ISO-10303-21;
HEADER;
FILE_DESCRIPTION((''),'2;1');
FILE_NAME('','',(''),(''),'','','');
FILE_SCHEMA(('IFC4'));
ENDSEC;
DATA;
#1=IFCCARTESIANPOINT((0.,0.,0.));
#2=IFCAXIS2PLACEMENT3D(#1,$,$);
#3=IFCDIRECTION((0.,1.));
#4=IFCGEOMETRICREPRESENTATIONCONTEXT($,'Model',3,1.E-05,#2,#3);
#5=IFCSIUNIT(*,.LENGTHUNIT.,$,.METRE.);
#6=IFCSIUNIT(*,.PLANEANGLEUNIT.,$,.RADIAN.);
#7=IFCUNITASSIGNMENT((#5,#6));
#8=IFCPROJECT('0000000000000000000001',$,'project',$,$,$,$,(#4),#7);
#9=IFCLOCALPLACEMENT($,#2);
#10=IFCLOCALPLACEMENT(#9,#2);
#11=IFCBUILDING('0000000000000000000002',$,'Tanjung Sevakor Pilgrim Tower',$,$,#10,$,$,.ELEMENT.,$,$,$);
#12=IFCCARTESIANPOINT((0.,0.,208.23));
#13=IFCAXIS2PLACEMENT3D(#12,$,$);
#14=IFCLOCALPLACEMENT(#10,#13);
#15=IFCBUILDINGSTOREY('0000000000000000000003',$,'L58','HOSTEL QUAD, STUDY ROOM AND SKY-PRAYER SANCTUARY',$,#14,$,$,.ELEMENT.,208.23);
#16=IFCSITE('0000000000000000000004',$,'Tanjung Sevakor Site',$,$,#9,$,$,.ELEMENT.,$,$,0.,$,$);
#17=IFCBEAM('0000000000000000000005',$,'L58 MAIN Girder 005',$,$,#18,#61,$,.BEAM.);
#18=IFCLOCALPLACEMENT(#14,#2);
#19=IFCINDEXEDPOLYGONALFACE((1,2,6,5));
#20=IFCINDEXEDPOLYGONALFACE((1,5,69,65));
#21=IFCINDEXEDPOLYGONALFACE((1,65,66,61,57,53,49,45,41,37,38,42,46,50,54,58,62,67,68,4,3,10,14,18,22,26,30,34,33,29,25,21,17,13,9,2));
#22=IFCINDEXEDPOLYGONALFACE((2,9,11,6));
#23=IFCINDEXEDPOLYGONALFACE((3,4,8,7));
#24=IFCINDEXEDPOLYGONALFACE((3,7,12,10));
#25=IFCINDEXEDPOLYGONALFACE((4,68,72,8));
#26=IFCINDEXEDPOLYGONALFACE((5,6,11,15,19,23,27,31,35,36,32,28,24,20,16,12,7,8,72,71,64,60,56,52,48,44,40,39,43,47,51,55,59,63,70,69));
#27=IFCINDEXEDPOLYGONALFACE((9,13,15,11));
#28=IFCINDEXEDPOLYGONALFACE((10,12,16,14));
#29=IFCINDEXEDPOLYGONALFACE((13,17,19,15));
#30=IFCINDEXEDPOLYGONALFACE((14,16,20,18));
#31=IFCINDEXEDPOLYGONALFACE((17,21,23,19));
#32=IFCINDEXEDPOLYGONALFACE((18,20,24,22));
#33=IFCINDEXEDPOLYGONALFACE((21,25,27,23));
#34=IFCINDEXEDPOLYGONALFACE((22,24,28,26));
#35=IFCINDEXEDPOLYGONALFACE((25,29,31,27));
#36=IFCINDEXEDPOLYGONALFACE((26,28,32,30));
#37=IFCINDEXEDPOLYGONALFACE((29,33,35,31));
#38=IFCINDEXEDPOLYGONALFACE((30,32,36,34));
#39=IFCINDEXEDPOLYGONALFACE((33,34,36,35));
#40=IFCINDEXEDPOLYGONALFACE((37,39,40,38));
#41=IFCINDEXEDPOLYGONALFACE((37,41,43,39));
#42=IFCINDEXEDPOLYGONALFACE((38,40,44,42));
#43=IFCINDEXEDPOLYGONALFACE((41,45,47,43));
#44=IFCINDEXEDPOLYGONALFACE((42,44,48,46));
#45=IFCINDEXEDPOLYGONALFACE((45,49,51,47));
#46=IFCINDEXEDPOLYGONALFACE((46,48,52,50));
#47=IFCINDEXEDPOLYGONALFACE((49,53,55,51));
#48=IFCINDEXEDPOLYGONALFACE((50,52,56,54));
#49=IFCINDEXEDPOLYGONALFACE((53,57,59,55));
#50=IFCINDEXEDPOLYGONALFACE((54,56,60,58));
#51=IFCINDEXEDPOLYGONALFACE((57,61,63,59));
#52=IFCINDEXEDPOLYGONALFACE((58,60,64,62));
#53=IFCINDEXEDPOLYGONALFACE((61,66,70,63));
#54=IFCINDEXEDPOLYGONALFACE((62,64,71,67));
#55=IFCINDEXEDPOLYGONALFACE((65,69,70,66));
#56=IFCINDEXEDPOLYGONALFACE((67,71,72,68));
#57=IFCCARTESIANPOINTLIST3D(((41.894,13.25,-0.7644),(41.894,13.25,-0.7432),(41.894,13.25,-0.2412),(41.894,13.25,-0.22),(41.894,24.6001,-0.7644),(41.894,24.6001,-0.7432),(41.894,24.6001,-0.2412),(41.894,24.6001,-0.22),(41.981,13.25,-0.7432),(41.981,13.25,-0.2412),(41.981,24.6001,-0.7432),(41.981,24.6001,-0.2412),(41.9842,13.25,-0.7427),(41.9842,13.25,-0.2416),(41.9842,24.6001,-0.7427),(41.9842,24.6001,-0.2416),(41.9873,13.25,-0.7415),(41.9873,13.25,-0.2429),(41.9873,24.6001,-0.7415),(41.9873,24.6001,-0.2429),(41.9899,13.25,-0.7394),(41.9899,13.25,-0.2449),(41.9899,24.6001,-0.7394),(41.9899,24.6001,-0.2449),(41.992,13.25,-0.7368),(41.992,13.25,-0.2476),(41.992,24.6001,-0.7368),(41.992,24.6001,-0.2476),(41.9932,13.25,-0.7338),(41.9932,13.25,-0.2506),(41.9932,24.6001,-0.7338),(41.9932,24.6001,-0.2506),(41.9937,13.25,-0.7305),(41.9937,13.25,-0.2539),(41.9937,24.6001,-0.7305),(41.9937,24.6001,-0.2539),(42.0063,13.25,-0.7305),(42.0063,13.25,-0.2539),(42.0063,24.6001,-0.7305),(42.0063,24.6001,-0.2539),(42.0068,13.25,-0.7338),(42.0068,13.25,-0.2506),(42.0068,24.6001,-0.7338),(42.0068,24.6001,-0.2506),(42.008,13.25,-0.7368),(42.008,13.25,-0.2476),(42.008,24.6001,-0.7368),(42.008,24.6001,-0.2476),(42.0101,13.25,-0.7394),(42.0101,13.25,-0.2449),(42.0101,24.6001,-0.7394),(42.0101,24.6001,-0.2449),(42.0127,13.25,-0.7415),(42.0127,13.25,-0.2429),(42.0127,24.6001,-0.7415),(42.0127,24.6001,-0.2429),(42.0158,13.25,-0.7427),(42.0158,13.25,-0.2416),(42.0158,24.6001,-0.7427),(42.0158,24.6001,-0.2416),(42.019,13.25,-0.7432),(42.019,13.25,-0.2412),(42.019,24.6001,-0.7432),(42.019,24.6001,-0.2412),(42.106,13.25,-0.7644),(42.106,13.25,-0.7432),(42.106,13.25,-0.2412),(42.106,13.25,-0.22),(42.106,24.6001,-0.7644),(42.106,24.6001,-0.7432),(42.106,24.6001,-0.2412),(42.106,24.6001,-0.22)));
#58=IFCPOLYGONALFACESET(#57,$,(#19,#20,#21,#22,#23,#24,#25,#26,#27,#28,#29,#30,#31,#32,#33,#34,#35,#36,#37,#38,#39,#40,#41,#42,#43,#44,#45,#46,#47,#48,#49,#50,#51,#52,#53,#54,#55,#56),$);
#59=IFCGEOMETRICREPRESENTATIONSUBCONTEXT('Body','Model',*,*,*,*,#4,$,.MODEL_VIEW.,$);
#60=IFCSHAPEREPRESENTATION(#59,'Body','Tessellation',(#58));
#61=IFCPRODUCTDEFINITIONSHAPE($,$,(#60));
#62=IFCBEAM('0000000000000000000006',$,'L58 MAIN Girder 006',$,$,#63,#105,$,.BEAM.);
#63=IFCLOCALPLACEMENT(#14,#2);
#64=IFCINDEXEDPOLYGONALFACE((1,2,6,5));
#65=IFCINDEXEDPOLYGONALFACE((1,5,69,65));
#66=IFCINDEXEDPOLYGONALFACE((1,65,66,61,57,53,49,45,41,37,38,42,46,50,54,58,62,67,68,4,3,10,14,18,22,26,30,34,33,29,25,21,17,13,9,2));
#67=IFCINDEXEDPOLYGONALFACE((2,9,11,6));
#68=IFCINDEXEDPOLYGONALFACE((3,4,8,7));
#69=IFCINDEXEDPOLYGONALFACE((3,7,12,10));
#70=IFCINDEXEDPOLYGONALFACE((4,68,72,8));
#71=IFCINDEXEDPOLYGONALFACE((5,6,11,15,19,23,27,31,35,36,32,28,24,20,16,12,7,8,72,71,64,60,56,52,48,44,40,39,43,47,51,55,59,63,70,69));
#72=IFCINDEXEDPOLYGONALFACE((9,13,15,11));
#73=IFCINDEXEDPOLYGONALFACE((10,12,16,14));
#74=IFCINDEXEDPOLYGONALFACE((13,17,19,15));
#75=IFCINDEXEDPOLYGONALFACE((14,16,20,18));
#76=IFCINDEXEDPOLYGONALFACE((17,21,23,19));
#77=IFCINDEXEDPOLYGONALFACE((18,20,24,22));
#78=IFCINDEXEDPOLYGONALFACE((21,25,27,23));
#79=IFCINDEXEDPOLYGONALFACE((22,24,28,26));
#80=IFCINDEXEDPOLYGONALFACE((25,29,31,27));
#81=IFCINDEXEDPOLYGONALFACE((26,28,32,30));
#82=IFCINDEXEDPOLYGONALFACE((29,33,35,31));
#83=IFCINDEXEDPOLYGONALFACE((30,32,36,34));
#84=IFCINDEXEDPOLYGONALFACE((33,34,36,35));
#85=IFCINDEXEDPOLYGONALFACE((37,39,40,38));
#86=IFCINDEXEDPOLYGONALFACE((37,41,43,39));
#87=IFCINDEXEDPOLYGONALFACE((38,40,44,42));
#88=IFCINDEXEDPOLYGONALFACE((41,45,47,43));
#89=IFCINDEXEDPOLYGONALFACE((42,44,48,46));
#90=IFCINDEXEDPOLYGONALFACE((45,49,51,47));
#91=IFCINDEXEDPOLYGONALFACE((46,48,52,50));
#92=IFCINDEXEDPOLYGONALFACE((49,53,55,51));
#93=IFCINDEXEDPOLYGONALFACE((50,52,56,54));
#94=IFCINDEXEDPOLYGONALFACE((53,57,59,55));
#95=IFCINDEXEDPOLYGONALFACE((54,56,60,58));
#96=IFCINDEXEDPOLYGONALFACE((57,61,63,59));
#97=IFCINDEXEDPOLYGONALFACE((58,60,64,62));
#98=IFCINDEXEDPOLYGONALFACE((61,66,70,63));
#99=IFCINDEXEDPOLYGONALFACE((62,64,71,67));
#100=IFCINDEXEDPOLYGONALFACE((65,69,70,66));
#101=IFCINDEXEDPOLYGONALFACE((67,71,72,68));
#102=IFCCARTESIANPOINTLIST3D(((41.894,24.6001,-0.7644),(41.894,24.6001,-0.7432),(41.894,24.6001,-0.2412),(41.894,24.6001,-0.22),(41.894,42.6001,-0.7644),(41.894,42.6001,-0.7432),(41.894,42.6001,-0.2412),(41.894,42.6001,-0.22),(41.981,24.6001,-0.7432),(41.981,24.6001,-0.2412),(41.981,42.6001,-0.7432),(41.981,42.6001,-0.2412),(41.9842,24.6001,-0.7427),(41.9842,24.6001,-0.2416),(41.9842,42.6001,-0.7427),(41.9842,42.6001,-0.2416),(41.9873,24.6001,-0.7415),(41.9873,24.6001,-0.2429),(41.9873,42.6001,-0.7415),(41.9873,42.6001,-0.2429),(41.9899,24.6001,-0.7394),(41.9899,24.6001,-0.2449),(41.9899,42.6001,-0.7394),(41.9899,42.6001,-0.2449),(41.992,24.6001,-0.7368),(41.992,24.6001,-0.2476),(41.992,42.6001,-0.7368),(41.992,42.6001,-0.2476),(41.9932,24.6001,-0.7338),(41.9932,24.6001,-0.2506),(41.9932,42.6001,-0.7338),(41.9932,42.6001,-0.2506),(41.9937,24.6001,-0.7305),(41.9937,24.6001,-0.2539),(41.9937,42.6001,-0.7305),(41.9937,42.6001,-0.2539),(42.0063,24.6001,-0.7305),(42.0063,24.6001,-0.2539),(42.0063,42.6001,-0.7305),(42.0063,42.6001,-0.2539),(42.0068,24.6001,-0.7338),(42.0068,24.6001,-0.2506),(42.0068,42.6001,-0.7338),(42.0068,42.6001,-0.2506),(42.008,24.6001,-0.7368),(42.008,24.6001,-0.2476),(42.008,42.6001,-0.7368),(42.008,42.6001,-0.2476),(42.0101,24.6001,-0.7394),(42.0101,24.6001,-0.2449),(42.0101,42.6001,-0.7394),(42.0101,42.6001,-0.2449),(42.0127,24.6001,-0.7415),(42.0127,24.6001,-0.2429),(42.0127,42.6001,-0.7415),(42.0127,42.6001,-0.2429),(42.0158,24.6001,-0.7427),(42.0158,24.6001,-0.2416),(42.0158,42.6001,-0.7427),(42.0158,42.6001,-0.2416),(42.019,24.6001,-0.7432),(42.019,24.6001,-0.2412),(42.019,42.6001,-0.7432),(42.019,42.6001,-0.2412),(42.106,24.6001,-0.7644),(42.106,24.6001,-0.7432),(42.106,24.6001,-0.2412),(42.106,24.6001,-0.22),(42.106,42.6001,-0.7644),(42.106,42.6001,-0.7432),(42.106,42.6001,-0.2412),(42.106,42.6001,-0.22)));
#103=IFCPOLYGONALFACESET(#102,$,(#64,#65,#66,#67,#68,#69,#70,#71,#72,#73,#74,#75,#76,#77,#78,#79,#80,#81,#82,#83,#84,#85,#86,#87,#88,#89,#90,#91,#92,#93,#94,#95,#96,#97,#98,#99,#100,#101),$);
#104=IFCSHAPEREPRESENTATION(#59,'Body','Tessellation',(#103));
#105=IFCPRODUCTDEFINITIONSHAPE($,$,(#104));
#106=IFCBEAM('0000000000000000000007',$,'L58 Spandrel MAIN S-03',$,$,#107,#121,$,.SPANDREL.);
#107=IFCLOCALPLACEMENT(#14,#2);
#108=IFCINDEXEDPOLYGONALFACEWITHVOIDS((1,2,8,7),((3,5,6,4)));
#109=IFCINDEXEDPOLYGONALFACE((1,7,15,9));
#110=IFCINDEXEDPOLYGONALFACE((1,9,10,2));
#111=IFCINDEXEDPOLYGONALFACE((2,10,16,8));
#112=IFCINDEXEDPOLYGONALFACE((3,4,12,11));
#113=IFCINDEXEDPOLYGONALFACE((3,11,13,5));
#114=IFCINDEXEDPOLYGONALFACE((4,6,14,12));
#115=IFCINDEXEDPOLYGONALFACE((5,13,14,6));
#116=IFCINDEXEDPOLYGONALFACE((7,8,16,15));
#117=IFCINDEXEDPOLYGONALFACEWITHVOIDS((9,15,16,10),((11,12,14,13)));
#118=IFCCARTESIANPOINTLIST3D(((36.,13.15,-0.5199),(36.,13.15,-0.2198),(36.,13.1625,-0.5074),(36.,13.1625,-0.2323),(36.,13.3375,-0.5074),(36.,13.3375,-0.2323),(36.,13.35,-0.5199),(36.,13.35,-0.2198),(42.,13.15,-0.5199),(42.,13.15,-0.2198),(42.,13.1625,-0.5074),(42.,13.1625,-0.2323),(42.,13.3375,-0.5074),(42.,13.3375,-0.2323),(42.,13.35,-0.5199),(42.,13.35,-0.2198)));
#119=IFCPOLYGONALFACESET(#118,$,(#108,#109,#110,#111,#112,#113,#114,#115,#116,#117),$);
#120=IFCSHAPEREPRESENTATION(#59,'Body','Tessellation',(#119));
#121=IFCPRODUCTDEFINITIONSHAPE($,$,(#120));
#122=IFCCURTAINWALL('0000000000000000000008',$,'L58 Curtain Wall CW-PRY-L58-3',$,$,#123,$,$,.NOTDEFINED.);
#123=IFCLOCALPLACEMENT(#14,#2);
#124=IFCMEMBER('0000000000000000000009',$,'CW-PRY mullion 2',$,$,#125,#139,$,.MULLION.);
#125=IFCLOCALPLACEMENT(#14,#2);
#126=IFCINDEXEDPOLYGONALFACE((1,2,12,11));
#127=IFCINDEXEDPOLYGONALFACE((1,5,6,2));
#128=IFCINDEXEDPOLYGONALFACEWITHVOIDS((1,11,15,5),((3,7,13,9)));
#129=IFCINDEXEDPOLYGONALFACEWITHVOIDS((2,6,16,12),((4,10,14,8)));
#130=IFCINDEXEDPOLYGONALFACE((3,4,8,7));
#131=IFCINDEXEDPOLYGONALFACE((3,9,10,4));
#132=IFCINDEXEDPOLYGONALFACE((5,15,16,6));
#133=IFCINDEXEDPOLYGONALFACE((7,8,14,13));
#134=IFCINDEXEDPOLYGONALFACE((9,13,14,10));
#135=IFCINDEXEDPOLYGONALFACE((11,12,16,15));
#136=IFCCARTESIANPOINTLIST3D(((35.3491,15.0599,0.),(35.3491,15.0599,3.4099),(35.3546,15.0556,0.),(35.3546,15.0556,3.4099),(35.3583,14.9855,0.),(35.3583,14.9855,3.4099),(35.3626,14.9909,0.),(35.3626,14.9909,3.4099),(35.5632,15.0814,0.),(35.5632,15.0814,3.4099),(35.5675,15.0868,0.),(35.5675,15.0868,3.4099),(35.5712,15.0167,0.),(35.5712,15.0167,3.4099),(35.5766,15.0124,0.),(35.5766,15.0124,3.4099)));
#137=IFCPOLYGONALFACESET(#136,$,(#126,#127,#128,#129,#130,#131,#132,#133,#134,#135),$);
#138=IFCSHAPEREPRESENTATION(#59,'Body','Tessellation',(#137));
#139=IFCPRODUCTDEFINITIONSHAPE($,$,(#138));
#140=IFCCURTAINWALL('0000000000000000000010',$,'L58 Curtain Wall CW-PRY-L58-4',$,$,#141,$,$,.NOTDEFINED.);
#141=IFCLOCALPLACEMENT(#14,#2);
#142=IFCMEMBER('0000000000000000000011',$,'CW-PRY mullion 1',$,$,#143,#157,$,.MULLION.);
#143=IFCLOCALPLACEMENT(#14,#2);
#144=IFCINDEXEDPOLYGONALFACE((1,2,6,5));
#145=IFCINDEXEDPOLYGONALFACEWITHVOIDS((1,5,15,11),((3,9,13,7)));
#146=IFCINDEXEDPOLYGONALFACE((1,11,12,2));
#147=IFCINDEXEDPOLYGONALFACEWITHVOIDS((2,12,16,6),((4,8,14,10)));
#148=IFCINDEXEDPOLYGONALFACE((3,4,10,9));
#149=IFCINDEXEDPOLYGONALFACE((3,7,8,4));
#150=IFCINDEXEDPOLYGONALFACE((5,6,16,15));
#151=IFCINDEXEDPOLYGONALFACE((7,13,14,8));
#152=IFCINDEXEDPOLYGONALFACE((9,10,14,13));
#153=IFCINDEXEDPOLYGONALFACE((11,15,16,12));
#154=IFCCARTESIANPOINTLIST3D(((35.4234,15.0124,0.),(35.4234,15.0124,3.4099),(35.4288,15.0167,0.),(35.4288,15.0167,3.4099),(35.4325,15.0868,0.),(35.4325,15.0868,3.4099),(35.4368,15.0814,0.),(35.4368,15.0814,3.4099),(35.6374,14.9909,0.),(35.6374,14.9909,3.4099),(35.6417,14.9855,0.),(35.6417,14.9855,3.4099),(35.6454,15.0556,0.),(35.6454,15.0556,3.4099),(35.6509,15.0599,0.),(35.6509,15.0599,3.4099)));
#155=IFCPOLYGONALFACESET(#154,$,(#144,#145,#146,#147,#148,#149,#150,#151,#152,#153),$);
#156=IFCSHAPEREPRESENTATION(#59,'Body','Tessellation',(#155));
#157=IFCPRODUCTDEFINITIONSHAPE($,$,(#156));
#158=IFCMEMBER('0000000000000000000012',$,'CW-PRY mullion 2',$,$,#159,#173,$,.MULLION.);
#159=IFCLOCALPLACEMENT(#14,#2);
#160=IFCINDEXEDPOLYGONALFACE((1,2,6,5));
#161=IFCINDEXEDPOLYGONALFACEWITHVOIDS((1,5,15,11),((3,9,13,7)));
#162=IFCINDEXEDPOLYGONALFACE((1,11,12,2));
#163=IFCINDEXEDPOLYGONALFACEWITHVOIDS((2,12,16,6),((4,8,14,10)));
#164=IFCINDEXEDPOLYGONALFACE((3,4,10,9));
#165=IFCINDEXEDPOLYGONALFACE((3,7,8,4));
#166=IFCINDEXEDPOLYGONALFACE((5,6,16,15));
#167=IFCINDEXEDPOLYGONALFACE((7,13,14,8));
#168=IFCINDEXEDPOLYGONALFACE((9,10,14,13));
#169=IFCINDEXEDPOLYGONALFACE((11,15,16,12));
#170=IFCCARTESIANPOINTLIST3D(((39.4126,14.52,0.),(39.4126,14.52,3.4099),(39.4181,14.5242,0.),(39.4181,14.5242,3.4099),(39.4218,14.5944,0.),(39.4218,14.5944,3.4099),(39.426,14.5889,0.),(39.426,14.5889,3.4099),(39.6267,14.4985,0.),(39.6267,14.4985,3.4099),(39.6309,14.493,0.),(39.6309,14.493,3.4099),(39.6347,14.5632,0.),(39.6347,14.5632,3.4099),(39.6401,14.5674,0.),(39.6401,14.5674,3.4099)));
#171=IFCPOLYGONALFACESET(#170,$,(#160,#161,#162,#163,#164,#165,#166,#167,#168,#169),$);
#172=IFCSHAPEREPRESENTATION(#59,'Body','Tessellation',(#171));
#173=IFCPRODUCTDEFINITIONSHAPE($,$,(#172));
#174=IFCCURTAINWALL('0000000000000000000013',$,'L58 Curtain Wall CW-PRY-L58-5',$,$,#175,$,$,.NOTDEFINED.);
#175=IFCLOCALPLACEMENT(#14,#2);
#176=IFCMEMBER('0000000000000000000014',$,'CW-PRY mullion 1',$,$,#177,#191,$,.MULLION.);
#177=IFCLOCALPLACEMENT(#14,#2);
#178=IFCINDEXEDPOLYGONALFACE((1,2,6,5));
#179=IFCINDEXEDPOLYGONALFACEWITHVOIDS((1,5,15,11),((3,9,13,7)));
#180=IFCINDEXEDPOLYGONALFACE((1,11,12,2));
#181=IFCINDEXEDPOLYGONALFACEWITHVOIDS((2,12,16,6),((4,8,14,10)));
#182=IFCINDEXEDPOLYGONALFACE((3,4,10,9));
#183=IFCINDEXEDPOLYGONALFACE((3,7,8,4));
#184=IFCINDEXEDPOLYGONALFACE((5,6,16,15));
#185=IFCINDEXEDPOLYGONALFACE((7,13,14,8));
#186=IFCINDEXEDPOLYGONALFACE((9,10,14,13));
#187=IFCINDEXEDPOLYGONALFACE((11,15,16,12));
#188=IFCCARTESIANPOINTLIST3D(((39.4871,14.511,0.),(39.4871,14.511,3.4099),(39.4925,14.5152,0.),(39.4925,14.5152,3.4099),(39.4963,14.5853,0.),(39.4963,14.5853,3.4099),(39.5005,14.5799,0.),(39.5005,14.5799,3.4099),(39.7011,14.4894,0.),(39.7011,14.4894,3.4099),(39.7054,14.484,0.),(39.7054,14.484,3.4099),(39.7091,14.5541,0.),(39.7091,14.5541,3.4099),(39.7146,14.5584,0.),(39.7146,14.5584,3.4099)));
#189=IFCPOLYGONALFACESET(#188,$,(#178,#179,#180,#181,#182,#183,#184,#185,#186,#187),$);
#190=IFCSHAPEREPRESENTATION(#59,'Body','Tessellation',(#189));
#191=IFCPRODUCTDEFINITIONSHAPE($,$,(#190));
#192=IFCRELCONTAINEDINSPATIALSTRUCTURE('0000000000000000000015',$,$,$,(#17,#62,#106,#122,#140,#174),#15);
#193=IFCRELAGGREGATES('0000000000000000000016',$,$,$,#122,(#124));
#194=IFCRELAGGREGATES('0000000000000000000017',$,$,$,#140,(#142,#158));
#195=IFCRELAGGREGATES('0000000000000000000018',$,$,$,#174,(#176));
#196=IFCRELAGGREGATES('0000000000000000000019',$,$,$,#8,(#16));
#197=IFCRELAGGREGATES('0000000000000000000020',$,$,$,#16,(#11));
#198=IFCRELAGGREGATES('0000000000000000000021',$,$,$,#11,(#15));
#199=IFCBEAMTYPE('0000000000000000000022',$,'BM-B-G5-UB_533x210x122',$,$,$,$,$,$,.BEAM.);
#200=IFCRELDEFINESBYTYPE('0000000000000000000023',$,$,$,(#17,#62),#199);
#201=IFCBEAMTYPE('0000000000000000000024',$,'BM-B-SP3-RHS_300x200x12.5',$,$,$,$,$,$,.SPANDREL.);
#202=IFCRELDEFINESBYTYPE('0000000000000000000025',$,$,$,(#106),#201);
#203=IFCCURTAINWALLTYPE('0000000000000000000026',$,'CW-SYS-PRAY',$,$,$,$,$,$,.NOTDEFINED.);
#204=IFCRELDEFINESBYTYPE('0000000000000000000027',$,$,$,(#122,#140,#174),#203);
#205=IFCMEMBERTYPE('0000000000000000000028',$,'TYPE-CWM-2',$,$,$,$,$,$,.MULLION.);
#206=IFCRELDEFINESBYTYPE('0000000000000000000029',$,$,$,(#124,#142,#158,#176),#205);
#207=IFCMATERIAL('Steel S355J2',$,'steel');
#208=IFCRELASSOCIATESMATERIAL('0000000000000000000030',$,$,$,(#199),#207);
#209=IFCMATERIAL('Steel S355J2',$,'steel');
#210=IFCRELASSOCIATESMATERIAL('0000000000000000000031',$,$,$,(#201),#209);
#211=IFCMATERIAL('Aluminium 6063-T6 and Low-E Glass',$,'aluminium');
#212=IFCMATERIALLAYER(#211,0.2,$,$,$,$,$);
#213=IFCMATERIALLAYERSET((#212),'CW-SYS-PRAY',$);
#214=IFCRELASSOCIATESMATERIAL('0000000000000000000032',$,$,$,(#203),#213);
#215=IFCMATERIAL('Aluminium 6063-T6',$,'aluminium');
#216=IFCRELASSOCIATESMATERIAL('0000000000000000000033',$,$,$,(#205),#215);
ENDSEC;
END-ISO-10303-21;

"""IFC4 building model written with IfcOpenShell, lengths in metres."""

from ifc_helpers import new_model, si_unit, direction, frame, origin, origin_2d, place, context, subcontext, project, spatial, hollow_rectangle, i_section, extrude, material, layer, layer_set, material_profile, profile_set, type_object, element, aggregate, save


model = new_model("IFC4")

# Units and contexts
model_context = context("Model", 3, precision=1e-05, world=origin(), true_north=direction((0.0, 1.0)))
body_context = subcontext(model_context, "Body", "Model", "MODEL_VIEW")
ifc_project = project(units=[si_unit("LENGTHUNIT", "METRE"), si_unit("PLANEANGLEUNIT", "RADIAN")], contexts=[model_context])

# Site, building, storey
site_placement = place(None, origin())
site = spatial("IfcSite", under=ifc_project, at=site_placement, Name="Tanjung Sevakor Site", CompositionType="ELEMENT", RefElevation=0.0)
building_placement = place(site_placement, origin())
building = spatial("IfcBuilding", under=site, at=building_placement, Name="Tanjung Sevakor Pilgrim Tower", CompositionType="ELEMENT")
storey_placement = place(building_placement, frame((0.0, 0.0, 208.23)))
storey = spatial("IfcBuildingStorey", under=building, at=storey_placement, Name="L58", Description="HOSTEL QUAD, STUDY ROOM AND SKY-PRAYER SANCTUARY", CompositionType="ELEMENT", Elevation=208.23)

# Beams
ifc_material_1 = material(Name="Steel S355J2", Category="steel")
ifc_material_profile_1 = material_profile(ifc_material_1, i_section(OverallWidth=0.2119, OverallDepth=0.5444, WebThickness=0.0127, FlangeThickness=0.0212, FilletRadius=0.0127, at=origin_2d()))
ifc_profile_set_1 = profile_set([ifc_material_profile_1], Name="Steel S355J2")
beam_type_1 = type_object("IfcBeamType", Name="BM-B-G5-UB_533x210x122", PredefinedType="BEAM", material=ifc_profile_set_1)
beam_1_placement = place(storey_placement, frame((42.0, 13.25, -0.4922), z_axis=(0.0, 1.0, 0.0), x_axis=(-1.0, 0.0, 0.0)))
element("IfcBeam", 1, at=beam_1_placement, inside=storey, type_object=beam_type_1, Name="L58 MAIN Girder 005", PredefinedType="BEAM", context=body_context, shape_type="SweptSolid", body=[
    extrude(i_section(OverallWidth=0.2119, OverallDepth=0.5444, WebThickness=0.0127, FlangeThickness=0.0212, FilletRadius=0.0127, at=origin_2d()), origin(), (0.0, 0.0, 1.0), 11.3501),
])
beam_2_placement = place(storey_placement, frame((42.0, 24.6001, -0.4922), z_axis=(0.0, 1.0, 0.0), x_axis=(-1.0, 0.0, 0.0)))
element("IfcBeam", 2, at=beam_2_placement, inside=storey, type_object=beam_type_1, Name="L58 MAIN Girder 006", PredefinedType="BEAM", context=body_context, shape_type="SweptSolid", body=[
    extrude(i_section(OverallWidth=0.2119, OverallDepth=0.5444, WebThickness=0.0127, FlangeThickness=0.0212, FilletRadius=0.0127, at=origin_2d()), origin(), (0.0, 0.0, 1.0), 18.0),
])
ifc_material_2 = material(Name="Steel S355J2", Category="steel")
ifc_material_profile_2 = material_profile(ifc_material_2, hollow_rectangle(XDim=0.2, YDim=0.3, WallThickness=0.0125, at=origin_2d()))
ifc_profile_set_2 = profile_set([ifc_material_profile_2], Name="Steel S355J2")
beam_type_2 = type_object("IfcBeamType", Name="BM-B-SP3-RHS_300x200x12.5", PredefinedType="SPANDREL", material=ifc_profile_set_2)
beam_3_placement = place(storey_placement, frame((36.0, 13.25, -0.3699), z_axis=(1.0, 0.0, 0.0), x_axis=(0.0, 1.0, 0.0)))
element("IfcBeam", 3, at=beam_3_placement, inside=storey, type_object=beam_type_2, Name="L58 Spandrel MAIN S-03", PredefinedType="SPANDREL", context=body_context, shape_type="SweptSolid", body=[
    extrude(hollow_rectangle(XDim=0.2, YDim=0.3, WallThickness=0.0125, at=origin_2d()), origin(), (0.0, 0.0, 1.0), 6.0),
])

# Curtain wall, member
ifc_material_3 = material(Name="Aluminium 6063-T6 and Low-E Glass", Category="aluminium")
ifc_layer_1 = layer(ifc_material_3, 0.2)
ifc_layer_set_1 = layer_set([ifc_layer_1], Name="CW-SYS-PRAY")
curtain_wall_type_1 = type_object("IfcCurtainWallType", Name="CW-SYS-PRAY", PredefinedType="NOTDEFINED", material=ifc_layer_set_1)
curtain_wall_1_placement = place(storey_placement, origin())
curtain_wall_1 = element("IfcCurtainWall", 4, at=curtain_wall_1_placement, inside=storey, type_object=curtain_wall_type_1, Name="L58 Curtain Wall CW-PRY-L58-3", PredefinedType="NOTDEFINED")
ifc_material_4 = material(Name="Aluminium 6063-T6", Category="aluminium")
ifc_material_profile_3 = material_profile(ifc_material_4, hollow_rectangle(XDim=0.075, YDim=0.22, WallThickness=0.0049, at=origin_2d()))
ifc_profile_set_3 = profile_set([ifc_material_profile_3], Name="Aluminium 6063-T6")
member_type_1 = type_object("IfcMemberType", Name="TYPE-CWM-2", PredefinedType="MULLION", material=ifc_profile_set_3)
member_1_placement = place(storey_placement, frame((35.4629, 15.0361, 0.0), z_axis=(0.0, 0.0, 1.0), x_axis=(-0.122511, 0.992467, 0.0)))
member_1 = element("IfcMember", 5, at=member_1_placement, type_object=member_type_1, Name="CW-PRY mullion 2", PredefinedType="MULLION", context=body_context, shape_type="SweptSolid", body=[
    extrude(hollow_rectangle(XDim=0.075, YDim=0.22, WallThickness=0.0049, at=origin_2d()), origin(), (0.0, 0.0, 1.0), 3.4099),
])
aggregate(curtain_wall_1, [member_1])

# Curtain walls, members
curtain_wall_2_placement = place(storey_placement, origin())
curtain_wall_2 = element("IfcCurtainWall", 6, at=curtain_wall_2_placement, inside=storey, type_object=curtain_wall_type_1, Name="L58 Curtain Wall CW-PRY-L58-4", PredefinedType="NOTDEFINED")
member_2_placement = place(storey_placement, frame((35.5371, 15.0361, 0.0), z_axis=(0.0, 0.0, 1.0), x_axis=(0.122511, 0.992467, 0.0)))
member_2 = element("IfcMember", 7, at=member_2_placement, type_object=member_type_1, Name="CW-PRY mullion 1", PredefinedType="MULLION", context=body_context, shape_type="SweptSolid", body=[
    extrude(hollow_rectangle(XDim=0.075, YDim=0.22, WallThickness=0.0049, at=origin_2d()), origin(), (0.0, 0.0, 1.0), 3.4099),
])
member_3_placement = place(storey_placement, frame((39.5264, 14.5437, 0.0), z_axis=(0.0, 0.0, 1.0), x_axis=(0.122511, 0.992467, 0.0)))
member_3 = element("IfcMember", 8, at=member_3_placement, type_object=member_type_1, Name="CW-PRY mullion 2", PredefinedType="MULLION", context=body_context, shape_type="SweptSolid", body=[
    extrude(hollow_rectangle(XDim=0.075, YDim=0.22, WallThickness=0.0049, at=origin_2d()), origin(), (0.0, 0.0, 1.0), 3.4099),
])
curtain_wall_3_placement = place(storey_placement, origin())
curtain_wall_3 = element("IfcCurtainWall", 9, at=curtain_wall_3_placement, inside=storey, type_object=curtain_wall_type_1, Name="L58 Curtain Wall CW-PRY-L58-5", PredefinedType="NOTDEFINED")
member_4_placement = place(storey_placement, frame((39.6008, 14.5347, 0.0), z_axis=(0.0, 0.0, 1.0), x_axis=(0.122538, 0.992464, 0.0)))
member_4 = element("IfcMember", 10, at=member_4_placement, type_object=member_type_1, Name="CW-PRY mullion 1", PredefinedType="MULLION", context=body_context, shape_type="SweptSolid", body=[
    extrude(hollow_rectangle(XDim=0.075, YDim=0.22, WallThickness=0.0049, at=origin_2d()), origin(), (0.0, 0.0, 1.0), 3.4099),
])

aggregate(curtain_wall_2, [member_2, member_3])
aggregate(curtain_wall_3, [member_4])

save(model, "model.ifc")
